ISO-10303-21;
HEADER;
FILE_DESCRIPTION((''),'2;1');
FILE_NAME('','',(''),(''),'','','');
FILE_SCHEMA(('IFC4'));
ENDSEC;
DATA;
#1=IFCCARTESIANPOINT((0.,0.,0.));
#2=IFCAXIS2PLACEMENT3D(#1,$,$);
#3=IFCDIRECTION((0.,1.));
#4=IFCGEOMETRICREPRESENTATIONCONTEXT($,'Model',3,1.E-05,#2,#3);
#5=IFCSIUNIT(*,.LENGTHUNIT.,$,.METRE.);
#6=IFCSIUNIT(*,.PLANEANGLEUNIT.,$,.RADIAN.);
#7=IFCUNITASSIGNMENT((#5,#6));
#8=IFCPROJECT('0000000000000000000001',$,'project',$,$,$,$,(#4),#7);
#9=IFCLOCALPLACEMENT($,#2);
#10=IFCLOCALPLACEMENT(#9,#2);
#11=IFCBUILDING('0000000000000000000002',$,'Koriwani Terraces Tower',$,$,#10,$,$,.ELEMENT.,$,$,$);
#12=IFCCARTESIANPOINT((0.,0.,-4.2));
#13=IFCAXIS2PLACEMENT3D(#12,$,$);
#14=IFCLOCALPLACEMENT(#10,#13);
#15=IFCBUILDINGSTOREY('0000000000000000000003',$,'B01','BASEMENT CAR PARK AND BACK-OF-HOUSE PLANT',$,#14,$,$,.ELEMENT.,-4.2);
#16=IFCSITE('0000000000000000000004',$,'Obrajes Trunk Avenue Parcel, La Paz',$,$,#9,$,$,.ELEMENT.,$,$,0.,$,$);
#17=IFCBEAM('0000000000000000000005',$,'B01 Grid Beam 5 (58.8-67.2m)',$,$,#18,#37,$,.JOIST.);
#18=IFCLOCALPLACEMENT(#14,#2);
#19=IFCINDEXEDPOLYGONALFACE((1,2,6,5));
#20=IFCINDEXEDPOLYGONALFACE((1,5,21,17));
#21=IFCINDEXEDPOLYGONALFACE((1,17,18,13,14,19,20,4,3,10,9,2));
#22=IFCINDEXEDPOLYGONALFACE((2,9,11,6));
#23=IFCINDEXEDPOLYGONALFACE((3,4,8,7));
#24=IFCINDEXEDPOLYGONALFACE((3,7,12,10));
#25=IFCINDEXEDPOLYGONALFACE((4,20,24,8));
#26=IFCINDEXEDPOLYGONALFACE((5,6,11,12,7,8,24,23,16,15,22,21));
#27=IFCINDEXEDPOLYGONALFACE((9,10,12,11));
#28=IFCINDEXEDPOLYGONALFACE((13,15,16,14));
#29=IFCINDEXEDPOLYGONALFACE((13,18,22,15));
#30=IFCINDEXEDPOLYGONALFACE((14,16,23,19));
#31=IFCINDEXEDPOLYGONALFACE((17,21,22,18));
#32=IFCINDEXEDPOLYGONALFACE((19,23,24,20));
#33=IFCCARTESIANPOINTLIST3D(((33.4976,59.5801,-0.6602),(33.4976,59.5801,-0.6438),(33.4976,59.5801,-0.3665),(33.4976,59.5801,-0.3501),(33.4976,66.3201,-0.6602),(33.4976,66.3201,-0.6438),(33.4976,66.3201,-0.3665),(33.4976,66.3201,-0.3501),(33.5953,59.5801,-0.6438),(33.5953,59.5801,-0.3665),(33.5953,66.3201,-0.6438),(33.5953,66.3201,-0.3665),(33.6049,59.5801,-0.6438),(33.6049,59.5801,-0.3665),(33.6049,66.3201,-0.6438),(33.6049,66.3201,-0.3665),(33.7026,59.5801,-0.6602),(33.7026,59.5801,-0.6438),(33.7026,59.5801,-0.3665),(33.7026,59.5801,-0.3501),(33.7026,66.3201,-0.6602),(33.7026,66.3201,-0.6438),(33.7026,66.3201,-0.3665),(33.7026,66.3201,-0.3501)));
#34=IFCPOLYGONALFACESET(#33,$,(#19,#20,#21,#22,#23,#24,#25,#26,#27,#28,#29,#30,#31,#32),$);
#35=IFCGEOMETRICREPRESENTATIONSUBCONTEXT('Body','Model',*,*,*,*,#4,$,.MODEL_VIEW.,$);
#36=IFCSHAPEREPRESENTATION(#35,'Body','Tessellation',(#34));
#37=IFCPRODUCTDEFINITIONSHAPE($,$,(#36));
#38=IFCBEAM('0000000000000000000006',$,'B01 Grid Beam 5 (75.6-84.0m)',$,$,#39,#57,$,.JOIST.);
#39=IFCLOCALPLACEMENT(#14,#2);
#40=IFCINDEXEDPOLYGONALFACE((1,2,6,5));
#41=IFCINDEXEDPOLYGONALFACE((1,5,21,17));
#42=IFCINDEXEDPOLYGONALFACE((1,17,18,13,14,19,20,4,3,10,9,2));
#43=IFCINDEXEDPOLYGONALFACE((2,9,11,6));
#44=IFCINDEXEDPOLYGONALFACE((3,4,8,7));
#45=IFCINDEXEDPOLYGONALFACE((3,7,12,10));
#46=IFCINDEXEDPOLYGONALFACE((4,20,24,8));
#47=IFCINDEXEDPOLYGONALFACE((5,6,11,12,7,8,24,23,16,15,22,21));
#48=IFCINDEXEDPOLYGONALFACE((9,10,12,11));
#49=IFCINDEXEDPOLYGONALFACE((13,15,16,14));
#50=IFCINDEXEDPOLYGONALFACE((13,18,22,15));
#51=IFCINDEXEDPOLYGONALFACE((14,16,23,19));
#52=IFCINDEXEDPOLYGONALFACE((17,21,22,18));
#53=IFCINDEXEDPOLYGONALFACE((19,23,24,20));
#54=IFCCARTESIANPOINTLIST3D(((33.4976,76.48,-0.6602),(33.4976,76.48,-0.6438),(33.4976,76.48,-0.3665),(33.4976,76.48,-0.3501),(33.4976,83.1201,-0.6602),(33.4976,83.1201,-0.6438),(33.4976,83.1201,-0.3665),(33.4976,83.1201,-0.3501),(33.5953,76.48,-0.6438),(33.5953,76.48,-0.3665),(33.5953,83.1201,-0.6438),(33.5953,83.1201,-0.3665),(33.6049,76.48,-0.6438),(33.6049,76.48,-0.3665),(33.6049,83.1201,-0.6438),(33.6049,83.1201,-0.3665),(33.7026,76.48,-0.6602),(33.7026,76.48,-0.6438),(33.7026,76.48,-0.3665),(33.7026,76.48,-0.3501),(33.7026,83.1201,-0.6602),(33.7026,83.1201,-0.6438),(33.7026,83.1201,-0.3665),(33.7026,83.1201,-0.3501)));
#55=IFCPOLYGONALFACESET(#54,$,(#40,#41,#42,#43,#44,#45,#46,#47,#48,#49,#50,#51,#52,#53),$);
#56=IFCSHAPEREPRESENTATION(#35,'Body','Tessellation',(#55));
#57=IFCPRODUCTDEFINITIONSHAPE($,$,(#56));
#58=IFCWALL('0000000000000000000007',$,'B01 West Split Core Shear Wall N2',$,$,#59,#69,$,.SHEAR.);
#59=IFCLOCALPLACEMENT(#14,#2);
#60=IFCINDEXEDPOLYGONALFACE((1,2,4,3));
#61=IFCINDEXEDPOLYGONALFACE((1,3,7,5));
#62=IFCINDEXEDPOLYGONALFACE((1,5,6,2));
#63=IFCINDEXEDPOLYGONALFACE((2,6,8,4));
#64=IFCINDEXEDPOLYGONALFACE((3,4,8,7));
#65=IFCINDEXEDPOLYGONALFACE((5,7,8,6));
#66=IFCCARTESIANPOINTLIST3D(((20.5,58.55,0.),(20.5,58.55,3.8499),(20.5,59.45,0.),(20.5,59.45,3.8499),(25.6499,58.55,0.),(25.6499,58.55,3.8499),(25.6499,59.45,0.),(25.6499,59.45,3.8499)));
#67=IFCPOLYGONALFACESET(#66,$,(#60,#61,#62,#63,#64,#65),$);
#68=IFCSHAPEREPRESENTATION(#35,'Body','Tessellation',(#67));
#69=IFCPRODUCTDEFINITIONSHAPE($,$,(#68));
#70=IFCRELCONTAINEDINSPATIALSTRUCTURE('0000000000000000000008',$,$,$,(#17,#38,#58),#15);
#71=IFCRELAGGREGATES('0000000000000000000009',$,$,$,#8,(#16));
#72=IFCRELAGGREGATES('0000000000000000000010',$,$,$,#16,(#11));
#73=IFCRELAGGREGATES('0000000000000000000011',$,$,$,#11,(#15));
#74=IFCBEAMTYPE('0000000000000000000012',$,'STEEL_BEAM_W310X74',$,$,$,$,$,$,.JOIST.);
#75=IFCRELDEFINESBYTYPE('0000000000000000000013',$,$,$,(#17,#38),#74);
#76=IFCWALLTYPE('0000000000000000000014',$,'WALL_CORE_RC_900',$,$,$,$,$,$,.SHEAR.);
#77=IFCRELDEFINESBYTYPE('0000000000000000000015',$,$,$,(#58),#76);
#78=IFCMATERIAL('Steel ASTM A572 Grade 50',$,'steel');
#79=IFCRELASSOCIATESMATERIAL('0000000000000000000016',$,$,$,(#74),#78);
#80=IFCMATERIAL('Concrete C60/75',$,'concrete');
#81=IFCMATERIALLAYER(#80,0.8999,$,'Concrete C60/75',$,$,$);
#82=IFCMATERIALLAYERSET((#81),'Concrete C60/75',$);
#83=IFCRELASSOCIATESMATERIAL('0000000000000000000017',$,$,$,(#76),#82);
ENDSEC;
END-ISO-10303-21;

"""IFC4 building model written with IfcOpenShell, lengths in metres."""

from ifc_helpers import new_model, si_unit, direction, frame, frame_2d, origin, origin_2d, place, context, subcontext, project, spatial, rectangle, i_section, extrude, material, layer, layer_set, material_profile, profile_set, type_object, element, save


model = new_model("IFC4")

# Units and contexts
model_context = context("Model", 3, precision=1e-05, world=origin(), true_north=direction((0.0, 1.0)))
body_context = subcontext(model_context, "Body", "Model", "MODEL_VIEW")
ifc_project = project(units=[si_unit("LENGTHUNIT", "METRE"), si_unit("PLANEANGLEUNIT", "RADIAN")], contexts=[model_context])

# Site, building, storey
site_placement = place(None, origin())
site = spatial("IfcSite", under=ifc_project, at=site_placement, Name="Obrajes Trunk Avenue Parcel, La Paz", CompositionType="ELEMENT", RefElevation=0.0)
building_placement = place(site_placement, origin())
building = spatial("IfcBuilding", under=site, at=building_placement, Name="Koriwani Terraces Tower", CompositionType="ELEMENT")
storey_placement = place(building_placement, frame((0.0, 0.0, -4.2)))
storey = spatial("IfcBuildingStorey", under=building, at=storey_placement, Name="B01", Description="BASEMENT CAR PARK AND BACK-OF-HOUSE PLANT", CompositionType="ELEMENT", Elevation=-4.2)

# Shared definitions
ifc_material_1 = material(Name="Concrete C60/75", Category="concrete")

# Beams
ifc_material_2 = material(Name="Steel ASTM A572 Grade 50", Category="steel")
ifc_material_profile_1 = material_profile(ifc_material_2, i_section(OverallWidth=0.2051, OverallDepth=0.3101, WebThickness=0.0095, FlangeThickness=0.0164, at=origin_2d()), Name="Steel ASTM A572 Grade 50", Category="LoadBearing")
ifc_profile_set_1 = profile_set([ifc_material_profile_1], Name="Steel ASTM A572 Grade 50")
beam_type_1 = type_object("IfcBeamType", Name="STEEL_BEAM_W310X74", PredefinedType="JOIST", material=ifc_profile_set_1)
beam_1_placement = place(storey_placement, frame((33.6001, 59.5801, -0.5051), z_axis=(0.0, 1.0, 0.0), x_axis=(-1.0, 0.0, 0.0)))
element("IfcBeam", 1, at=beam_1_placement, inside=storey, type_object=beam_type_1, Name="B01 Grid Beam 5 (58.8-67.2m)", PredefinedType="JOIST", context=body_context, shape_type="SweptSolid", body=[
    extrude(i_section(OverallWidth=0.2051, OverallDepth=0.3101, WebThickness=0.0095, FlangeThickness=0.0164, at=origin_2d()), origin(), (0.0, 0.0, 1.0), 6.74),
])
beam_2_placement = place(storey_placement, frame((33.6001, 76.48, -0.5051), z_axis=(0.0, 1.0, 0.0), x_axis=(-1.0, 0.0, 0.0)))
element("IfcBeam", 2, at=beam_2_placement, inside=storey, type_object=beam_type_1, Name="B01 Grid Beam 5 (75.6-84.0m)", PredefinedType="JOIST", context=body_context, shape_type="SweptSolid", body=[
    extrude(i_section(OverallWidth=0.2051, OverallDepth=0.3101, WebThickness=0.0095, FlangeThickness=0.0164, at=origin_2d()), origin(), (0.0, 0.0, 1.0), 6.6401),
])

# Wall
ifc_layer = layer(ifc_material_1, 0.8999, Name="Concrete C60/75")
ifc_layer_set = layer_set([ifc_layer], Name="Concrete C60/75")
wall_type = type_object("IfcWallType", Name="WALL_CORE_RC_900", PredefinedType="SHEAR", material=ifc_layer_set)
wall_placement = place(storey_placement, frame((20.5, 59.0, 0.0), z_axis=(0.0, 0.0, 1.0), x_axis=(1.0, 0.0, 0.0)))
element("IfcWall", 3, at=wall_placement, inside=storey, type_object=wall_type, Name="B01 West Split Core Shear Wall N2", PredefinedType="SHEAR", context=body_context, shape_type="SweptSolid", body=[
    extrude(rectangle(XDim=5.1499, YDim=0.8999, at=frame_2d((2.575, 0.0))), origin(), (0.0, 0.0, 1.0), 3.8499),
])

save(model, "model.ifc")
